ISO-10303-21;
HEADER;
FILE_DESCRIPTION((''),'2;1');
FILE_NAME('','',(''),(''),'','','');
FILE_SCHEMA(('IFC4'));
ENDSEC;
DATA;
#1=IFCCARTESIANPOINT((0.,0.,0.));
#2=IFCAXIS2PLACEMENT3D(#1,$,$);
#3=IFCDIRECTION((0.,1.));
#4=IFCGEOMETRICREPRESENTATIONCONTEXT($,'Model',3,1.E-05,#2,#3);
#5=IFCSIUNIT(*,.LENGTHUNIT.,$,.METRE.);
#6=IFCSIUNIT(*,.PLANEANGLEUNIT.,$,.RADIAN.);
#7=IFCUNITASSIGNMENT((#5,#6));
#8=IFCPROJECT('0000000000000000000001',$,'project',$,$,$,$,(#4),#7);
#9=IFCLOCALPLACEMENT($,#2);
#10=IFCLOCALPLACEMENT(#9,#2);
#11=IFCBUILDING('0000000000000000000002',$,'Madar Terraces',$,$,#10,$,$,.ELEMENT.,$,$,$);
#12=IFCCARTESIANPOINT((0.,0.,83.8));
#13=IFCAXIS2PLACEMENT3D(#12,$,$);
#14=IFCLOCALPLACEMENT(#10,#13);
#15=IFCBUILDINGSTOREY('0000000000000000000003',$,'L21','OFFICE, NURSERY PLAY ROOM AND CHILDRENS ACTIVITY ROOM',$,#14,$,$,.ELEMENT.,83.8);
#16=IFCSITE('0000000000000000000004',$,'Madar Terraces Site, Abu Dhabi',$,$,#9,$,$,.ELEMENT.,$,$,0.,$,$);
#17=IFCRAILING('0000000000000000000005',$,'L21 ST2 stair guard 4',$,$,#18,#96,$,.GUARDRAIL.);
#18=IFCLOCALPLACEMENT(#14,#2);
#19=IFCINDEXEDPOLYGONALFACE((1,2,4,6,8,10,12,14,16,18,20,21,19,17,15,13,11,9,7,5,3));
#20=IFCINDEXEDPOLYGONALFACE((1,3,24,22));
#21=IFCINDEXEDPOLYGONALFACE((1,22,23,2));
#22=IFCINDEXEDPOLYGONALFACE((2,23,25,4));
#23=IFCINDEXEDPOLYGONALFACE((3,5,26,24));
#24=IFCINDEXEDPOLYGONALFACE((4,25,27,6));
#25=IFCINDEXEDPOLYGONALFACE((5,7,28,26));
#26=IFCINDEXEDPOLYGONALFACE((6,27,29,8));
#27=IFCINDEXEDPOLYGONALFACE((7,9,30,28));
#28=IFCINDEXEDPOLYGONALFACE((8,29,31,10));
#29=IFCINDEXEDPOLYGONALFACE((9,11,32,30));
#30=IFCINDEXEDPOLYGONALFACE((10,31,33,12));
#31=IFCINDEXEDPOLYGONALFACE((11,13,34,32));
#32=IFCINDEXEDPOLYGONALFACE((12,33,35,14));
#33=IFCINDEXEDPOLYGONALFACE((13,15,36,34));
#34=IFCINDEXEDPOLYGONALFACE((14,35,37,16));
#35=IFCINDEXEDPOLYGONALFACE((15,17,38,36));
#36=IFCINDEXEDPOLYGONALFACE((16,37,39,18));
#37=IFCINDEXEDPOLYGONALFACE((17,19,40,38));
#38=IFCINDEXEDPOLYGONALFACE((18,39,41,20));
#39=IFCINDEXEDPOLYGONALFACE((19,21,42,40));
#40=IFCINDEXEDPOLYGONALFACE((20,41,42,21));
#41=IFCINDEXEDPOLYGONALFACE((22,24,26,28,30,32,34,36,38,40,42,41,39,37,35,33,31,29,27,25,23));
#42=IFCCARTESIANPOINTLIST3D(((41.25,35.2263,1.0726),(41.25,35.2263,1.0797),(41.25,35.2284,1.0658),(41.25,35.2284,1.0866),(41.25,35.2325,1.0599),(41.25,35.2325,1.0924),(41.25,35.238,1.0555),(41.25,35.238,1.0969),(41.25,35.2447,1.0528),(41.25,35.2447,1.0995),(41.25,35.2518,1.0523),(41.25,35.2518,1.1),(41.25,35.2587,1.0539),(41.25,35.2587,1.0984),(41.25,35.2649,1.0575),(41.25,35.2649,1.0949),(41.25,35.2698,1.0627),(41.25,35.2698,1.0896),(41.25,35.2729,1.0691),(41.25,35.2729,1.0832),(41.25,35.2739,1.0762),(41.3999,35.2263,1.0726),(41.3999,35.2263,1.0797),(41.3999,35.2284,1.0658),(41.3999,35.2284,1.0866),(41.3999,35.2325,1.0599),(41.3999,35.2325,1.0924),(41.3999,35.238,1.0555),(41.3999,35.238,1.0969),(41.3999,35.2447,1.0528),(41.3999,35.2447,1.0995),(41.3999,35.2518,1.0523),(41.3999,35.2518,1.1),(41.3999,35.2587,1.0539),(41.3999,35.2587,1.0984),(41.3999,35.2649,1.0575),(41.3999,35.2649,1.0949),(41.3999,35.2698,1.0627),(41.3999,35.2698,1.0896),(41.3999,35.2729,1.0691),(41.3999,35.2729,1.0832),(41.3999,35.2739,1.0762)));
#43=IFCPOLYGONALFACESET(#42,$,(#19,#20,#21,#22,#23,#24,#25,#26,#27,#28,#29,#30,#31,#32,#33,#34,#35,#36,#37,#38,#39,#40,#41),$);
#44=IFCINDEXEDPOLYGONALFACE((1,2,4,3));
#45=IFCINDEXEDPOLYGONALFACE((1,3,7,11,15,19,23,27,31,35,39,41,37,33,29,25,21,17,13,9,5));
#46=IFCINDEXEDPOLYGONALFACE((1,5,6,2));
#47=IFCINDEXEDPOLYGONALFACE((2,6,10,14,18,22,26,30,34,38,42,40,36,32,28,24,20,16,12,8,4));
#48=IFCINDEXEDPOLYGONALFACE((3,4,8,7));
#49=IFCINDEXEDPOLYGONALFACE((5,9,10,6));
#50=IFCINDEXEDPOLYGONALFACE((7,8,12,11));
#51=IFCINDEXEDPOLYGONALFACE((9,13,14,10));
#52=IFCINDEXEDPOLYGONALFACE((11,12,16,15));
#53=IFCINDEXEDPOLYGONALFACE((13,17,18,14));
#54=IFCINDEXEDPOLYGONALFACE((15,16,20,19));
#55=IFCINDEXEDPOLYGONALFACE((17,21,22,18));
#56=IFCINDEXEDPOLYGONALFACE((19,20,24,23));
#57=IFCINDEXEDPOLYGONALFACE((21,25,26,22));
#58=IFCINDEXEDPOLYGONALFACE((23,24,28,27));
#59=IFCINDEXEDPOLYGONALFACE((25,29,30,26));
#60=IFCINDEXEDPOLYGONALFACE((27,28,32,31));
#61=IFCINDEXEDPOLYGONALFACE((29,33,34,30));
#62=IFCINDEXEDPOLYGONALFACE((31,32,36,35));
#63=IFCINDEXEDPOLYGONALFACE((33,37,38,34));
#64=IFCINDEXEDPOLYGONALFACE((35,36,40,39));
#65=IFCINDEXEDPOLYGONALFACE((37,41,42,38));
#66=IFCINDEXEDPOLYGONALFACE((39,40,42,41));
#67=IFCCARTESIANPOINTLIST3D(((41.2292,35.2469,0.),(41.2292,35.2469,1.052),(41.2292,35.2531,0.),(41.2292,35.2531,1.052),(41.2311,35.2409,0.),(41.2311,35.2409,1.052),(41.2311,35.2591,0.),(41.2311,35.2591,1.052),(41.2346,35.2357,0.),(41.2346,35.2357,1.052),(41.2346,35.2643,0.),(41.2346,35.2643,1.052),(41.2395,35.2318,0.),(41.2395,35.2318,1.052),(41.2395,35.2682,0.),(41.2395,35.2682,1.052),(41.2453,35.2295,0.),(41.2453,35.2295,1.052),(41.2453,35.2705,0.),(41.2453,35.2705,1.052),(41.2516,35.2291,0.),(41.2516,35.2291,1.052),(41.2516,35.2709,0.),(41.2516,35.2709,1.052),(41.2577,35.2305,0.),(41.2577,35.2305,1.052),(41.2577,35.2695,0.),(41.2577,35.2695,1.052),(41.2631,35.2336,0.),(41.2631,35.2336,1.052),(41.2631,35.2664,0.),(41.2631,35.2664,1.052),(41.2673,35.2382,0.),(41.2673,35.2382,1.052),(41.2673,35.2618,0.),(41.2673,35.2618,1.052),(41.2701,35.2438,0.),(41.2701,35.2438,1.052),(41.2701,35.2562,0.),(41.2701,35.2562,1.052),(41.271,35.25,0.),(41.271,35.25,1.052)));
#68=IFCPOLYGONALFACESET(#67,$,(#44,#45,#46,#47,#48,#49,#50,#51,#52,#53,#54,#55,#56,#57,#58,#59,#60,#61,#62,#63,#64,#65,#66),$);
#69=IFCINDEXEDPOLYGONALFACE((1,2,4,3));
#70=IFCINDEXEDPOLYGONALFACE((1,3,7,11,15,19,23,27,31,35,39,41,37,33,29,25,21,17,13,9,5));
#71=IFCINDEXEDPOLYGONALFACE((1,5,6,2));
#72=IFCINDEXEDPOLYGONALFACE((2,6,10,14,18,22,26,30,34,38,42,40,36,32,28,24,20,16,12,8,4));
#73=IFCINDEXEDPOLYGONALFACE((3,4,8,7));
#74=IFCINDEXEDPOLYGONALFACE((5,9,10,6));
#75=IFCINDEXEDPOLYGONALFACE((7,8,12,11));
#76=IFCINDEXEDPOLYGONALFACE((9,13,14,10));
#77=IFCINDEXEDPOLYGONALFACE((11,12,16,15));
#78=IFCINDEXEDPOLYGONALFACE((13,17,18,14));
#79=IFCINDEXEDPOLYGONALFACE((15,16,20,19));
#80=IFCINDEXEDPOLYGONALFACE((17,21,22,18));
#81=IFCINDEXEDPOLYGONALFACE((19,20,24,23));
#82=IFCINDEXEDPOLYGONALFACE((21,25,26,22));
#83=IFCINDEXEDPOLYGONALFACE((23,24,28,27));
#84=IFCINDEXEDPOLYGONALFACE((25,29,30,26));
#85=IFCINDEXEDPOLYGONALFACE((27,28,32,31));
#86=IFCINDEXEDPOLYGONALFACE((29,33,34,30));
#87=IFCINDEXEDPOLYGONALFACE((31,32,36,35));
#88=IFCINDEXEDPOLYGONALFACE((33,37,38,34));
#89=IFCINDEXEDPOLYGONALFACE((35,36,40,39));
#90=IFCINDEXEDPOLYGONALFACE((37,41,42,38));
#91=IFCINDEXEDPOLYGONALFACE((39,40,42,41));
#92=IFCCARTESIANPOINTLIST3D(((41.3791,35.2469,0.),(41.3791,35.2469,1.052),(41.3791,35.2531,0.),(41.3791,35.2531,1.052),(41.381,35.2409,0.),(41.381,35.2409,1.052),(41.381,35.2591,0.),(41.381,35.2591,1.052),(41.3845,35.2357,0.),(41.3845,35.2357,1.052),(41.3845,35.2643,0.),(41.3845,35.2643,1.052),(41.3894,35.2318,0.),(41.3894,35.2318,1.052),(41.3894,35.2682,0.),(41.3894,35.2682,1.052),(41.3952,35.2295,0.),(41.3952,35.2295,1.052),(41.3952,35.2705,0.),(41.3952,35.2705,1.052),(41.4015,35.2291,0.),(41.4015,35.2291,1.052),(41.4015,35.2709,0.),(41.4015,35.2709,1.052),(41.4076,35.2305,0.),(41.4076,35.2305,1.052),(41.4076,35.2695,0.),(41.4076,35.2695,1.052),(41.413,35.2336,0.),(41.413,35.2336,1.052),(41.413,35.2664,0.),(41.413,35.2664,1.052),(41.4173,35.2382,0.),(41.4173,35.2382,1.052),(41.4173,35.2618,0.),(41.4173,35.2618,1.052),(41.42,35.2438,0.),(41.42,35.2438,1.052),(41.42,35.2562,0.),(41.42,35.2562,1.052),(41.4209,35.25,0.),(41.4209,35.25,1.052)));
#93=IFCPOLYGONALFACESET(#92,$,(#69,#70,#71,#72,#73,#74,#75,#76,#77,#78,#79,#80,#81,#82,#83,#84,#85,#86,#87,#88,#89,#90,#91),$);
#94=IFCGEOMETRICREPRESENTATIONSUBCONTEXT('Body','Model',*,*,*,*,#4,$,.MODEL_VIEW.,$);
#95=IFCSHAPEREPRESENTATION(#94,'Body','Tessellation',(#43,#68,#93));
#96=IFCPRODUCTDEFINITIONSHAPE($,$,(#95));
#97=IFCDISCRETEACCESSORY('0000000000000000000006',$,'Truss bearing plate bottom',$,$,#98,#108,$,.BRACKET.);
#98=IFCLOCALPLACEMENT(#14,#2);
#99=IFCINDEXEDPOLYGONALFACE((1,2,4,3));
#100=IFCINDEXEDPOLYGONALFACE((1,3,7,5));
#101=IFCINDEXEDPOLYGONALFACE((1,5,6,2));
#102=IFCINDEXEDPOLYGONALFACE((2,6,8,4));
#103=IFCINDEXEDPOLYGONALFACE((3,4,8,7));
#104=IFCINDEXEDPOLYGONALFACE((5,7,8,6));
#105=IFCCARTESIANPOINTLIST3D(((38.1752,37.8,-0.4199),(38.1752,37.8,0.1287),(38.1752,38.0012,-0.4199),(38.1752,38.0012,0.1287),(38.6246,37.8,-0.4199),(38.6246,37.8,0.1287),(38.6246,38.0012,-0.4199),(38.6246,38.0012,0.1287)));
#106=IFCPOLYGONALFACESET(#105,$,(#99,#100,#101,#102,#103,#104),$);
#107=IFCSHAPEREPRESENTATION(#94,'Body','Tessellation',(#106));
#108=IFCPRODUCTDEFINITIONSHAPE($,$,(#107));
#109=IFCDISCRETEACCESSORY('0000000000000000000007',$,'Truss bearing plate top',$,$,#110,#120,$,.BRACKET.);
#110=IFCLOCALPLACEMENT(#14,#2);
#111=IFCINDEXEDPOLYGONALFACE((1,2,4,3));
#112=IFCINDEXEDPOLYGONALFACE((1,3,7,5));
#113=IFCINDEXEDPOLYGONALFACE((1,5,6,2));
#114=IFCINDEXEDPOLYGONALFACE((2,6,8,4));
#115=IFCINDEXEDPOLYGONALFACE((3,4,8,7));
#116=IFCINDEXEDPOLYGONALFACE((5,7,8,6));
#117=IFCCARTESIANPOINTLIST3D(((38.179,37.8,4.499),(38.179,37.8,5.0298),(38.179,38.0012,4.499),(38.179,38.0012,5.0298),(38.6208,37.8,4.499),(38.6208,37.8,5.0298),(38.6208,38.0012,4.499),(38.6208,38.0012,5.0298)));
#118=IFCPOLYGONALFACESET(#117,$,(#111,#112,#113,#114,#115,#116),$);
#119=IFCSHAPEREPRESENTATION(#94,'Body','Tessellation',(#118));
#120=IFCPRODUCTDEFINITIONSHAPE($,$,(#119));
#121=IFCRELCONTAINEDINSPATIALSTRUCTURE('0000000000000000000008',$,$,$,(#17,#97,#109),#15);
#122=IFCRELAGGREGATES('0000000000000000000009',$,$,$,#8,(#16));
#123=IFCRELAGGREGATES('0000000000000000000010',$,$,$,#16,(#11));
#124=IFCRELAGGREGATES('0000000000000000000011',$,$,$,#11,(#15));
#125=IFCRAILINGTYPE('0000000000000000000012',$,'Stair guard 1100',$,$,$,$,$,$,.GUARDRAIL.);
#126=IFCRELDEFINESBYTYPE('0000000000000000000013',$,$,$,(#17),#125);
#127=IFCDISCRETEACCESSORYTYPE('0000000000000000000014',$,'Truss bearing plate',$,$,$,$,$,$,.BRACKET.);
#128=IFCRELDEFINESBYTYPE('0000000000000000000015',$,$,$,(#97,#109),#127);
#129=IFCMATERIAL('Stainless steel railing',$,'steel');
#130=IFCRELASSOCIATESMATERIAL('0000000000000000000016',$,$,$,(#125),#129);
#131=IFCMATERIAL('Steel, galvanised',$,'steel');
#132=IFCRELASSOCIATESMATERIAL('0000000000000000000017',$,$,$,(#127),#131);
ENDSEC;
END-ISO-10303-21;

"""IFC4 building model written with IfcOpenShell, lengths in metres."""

from ifc_helpers import new_model, si_unit, direction, frame, origin, origin_2d, place, context, subcontext, project, spatial, rectangle, circle, extrude, material, type_object, element, save


model = new_model("IFC4")

# Units and contexts
model_context = context("Model", 3, precision=1e-05, world=origin(), true_north=direction((0.0, 1.0)))
body_context = subcontext(model_context, "Body", "Model", "MODEL_VIEW")
ifc_project = project(units=[si_unit("LENGTHUNIT", "METRE"), si_unit("PLANEANGLEUNIT", "RADIAN")], contexts=[model_context])

# Site, building, storey
site_placement = place(None, origin())
site = spatial("IfcSite", under=ifc_project, at=site_placement, Name="Madar Terraces Site, Abu Dhabi", CompositionType="ELEMENT", RefElevation=0.0)
building_placement = place(site_placement, origin())
building = spatial("IfcBuilding", under=site, at=building_placement, Name="Madar Terraces", CompositionType="ELEMENT")
storey_placement = place(building_placement, frame((0.0, 0.0, 83.8)))
storey = spatial("IfcBuildingStorey", under=building, at=storey_placement, Name="L21", Description="OFFICE, NURSERY PLAY ROOM AND CHILDRENS ACTIVITY ROOM", CompositionType="ELEMENT", Elevation=83.8)

# Railing
ifc_material_1 = material(Name="Stainless steel railing", Category="steel")
railing_type_1 = type_object("IfcRailingType", Name="Stair guard 1100", PredefinedType="GUARDRAIL", material=ifc_material_1)
railing_1_placement = place(storey_placement, frame((41.25, 35.25, 0.0)))
element("IfcRailing", 1, at=railing_1_placement, inside=storey, type_object=railing_type_1, Name="L21 ST2 stair guard 4", PredefinedType="GUARDRAIL", context=body_context, shape_type="SweptSolid", body=[
    extrude(circle(Radius=0.0239, at=origin_2d()), frame((0.0, 0.0, 1.0762), z_axis=(1.0, 0.0, 0.0), x_axis=(0.0, 1.0, 0.0)), (0.0, 0.0, 1.0), 0.1499),
    extrude(circle(Radius=0.021, at=origin_2d()), origin(), (0.0, 0.0, 1.0), 1.052),
    extrude(circle(Radius=0.021, at=origin_2d()), frame((0.1499, 0.0, 0.0)), (0.0, 0.0, 1.0), 1.052),
])

# Discrete accessories
ifc_material_2 = material(Name="Steel, galvanised", Category="steel")
discrete_accessory_type = type_object("IfcDiscreteAccessoryType", Name="Truss bearing plate", PredefinedType="BRACKET", material=ifc_material_2)
discrete_accessory_1_placement = place(storey_placement, frame((38.3999, 37.9006, -0.4199), z_axis=(0.0, 0.0, 1.0), x_axis=(1.0, 0.0, 0.0)))
element("IfcDiscreteAccessory", 2, at=discrete_accessory_1_placement, inside=storey, type_object=discrete_accessory_type, Name="Truss bearing plate bottom", PredefinedType="BRACKET", context=body_context, shape_type="SweptSolid", body=[
    extrude(rectangle(XDim=0.4495, YDim=0.2012, at=origin_2d()), origin(), (0.0, 0.0, 1.0), 0.5486),
])
discrete_accessory_2_placement = place(storey_placement, frame((38.3999, 37.9006, 4.499), z_axis=(0.0, 0.0, 1.0), x_axis=(1.0, 0.0, 0.0)))
element("IfcDiscreteAccessory", 3, at=discrete_accessory_2_placement, inside=storey, type_object=discrete_accessory_type, Name="Truss bearing plate top", PredefinedType="BRACKET", context=body_context, shape_type="SweptSolid", body=[
    extrude(rectangle(XDim=0.4419, YDim=0.2012, at=origin_2d()), origin(), (0.0, 0.0, 1.0), 0.5308),
])

save(model, "model.ifc")
